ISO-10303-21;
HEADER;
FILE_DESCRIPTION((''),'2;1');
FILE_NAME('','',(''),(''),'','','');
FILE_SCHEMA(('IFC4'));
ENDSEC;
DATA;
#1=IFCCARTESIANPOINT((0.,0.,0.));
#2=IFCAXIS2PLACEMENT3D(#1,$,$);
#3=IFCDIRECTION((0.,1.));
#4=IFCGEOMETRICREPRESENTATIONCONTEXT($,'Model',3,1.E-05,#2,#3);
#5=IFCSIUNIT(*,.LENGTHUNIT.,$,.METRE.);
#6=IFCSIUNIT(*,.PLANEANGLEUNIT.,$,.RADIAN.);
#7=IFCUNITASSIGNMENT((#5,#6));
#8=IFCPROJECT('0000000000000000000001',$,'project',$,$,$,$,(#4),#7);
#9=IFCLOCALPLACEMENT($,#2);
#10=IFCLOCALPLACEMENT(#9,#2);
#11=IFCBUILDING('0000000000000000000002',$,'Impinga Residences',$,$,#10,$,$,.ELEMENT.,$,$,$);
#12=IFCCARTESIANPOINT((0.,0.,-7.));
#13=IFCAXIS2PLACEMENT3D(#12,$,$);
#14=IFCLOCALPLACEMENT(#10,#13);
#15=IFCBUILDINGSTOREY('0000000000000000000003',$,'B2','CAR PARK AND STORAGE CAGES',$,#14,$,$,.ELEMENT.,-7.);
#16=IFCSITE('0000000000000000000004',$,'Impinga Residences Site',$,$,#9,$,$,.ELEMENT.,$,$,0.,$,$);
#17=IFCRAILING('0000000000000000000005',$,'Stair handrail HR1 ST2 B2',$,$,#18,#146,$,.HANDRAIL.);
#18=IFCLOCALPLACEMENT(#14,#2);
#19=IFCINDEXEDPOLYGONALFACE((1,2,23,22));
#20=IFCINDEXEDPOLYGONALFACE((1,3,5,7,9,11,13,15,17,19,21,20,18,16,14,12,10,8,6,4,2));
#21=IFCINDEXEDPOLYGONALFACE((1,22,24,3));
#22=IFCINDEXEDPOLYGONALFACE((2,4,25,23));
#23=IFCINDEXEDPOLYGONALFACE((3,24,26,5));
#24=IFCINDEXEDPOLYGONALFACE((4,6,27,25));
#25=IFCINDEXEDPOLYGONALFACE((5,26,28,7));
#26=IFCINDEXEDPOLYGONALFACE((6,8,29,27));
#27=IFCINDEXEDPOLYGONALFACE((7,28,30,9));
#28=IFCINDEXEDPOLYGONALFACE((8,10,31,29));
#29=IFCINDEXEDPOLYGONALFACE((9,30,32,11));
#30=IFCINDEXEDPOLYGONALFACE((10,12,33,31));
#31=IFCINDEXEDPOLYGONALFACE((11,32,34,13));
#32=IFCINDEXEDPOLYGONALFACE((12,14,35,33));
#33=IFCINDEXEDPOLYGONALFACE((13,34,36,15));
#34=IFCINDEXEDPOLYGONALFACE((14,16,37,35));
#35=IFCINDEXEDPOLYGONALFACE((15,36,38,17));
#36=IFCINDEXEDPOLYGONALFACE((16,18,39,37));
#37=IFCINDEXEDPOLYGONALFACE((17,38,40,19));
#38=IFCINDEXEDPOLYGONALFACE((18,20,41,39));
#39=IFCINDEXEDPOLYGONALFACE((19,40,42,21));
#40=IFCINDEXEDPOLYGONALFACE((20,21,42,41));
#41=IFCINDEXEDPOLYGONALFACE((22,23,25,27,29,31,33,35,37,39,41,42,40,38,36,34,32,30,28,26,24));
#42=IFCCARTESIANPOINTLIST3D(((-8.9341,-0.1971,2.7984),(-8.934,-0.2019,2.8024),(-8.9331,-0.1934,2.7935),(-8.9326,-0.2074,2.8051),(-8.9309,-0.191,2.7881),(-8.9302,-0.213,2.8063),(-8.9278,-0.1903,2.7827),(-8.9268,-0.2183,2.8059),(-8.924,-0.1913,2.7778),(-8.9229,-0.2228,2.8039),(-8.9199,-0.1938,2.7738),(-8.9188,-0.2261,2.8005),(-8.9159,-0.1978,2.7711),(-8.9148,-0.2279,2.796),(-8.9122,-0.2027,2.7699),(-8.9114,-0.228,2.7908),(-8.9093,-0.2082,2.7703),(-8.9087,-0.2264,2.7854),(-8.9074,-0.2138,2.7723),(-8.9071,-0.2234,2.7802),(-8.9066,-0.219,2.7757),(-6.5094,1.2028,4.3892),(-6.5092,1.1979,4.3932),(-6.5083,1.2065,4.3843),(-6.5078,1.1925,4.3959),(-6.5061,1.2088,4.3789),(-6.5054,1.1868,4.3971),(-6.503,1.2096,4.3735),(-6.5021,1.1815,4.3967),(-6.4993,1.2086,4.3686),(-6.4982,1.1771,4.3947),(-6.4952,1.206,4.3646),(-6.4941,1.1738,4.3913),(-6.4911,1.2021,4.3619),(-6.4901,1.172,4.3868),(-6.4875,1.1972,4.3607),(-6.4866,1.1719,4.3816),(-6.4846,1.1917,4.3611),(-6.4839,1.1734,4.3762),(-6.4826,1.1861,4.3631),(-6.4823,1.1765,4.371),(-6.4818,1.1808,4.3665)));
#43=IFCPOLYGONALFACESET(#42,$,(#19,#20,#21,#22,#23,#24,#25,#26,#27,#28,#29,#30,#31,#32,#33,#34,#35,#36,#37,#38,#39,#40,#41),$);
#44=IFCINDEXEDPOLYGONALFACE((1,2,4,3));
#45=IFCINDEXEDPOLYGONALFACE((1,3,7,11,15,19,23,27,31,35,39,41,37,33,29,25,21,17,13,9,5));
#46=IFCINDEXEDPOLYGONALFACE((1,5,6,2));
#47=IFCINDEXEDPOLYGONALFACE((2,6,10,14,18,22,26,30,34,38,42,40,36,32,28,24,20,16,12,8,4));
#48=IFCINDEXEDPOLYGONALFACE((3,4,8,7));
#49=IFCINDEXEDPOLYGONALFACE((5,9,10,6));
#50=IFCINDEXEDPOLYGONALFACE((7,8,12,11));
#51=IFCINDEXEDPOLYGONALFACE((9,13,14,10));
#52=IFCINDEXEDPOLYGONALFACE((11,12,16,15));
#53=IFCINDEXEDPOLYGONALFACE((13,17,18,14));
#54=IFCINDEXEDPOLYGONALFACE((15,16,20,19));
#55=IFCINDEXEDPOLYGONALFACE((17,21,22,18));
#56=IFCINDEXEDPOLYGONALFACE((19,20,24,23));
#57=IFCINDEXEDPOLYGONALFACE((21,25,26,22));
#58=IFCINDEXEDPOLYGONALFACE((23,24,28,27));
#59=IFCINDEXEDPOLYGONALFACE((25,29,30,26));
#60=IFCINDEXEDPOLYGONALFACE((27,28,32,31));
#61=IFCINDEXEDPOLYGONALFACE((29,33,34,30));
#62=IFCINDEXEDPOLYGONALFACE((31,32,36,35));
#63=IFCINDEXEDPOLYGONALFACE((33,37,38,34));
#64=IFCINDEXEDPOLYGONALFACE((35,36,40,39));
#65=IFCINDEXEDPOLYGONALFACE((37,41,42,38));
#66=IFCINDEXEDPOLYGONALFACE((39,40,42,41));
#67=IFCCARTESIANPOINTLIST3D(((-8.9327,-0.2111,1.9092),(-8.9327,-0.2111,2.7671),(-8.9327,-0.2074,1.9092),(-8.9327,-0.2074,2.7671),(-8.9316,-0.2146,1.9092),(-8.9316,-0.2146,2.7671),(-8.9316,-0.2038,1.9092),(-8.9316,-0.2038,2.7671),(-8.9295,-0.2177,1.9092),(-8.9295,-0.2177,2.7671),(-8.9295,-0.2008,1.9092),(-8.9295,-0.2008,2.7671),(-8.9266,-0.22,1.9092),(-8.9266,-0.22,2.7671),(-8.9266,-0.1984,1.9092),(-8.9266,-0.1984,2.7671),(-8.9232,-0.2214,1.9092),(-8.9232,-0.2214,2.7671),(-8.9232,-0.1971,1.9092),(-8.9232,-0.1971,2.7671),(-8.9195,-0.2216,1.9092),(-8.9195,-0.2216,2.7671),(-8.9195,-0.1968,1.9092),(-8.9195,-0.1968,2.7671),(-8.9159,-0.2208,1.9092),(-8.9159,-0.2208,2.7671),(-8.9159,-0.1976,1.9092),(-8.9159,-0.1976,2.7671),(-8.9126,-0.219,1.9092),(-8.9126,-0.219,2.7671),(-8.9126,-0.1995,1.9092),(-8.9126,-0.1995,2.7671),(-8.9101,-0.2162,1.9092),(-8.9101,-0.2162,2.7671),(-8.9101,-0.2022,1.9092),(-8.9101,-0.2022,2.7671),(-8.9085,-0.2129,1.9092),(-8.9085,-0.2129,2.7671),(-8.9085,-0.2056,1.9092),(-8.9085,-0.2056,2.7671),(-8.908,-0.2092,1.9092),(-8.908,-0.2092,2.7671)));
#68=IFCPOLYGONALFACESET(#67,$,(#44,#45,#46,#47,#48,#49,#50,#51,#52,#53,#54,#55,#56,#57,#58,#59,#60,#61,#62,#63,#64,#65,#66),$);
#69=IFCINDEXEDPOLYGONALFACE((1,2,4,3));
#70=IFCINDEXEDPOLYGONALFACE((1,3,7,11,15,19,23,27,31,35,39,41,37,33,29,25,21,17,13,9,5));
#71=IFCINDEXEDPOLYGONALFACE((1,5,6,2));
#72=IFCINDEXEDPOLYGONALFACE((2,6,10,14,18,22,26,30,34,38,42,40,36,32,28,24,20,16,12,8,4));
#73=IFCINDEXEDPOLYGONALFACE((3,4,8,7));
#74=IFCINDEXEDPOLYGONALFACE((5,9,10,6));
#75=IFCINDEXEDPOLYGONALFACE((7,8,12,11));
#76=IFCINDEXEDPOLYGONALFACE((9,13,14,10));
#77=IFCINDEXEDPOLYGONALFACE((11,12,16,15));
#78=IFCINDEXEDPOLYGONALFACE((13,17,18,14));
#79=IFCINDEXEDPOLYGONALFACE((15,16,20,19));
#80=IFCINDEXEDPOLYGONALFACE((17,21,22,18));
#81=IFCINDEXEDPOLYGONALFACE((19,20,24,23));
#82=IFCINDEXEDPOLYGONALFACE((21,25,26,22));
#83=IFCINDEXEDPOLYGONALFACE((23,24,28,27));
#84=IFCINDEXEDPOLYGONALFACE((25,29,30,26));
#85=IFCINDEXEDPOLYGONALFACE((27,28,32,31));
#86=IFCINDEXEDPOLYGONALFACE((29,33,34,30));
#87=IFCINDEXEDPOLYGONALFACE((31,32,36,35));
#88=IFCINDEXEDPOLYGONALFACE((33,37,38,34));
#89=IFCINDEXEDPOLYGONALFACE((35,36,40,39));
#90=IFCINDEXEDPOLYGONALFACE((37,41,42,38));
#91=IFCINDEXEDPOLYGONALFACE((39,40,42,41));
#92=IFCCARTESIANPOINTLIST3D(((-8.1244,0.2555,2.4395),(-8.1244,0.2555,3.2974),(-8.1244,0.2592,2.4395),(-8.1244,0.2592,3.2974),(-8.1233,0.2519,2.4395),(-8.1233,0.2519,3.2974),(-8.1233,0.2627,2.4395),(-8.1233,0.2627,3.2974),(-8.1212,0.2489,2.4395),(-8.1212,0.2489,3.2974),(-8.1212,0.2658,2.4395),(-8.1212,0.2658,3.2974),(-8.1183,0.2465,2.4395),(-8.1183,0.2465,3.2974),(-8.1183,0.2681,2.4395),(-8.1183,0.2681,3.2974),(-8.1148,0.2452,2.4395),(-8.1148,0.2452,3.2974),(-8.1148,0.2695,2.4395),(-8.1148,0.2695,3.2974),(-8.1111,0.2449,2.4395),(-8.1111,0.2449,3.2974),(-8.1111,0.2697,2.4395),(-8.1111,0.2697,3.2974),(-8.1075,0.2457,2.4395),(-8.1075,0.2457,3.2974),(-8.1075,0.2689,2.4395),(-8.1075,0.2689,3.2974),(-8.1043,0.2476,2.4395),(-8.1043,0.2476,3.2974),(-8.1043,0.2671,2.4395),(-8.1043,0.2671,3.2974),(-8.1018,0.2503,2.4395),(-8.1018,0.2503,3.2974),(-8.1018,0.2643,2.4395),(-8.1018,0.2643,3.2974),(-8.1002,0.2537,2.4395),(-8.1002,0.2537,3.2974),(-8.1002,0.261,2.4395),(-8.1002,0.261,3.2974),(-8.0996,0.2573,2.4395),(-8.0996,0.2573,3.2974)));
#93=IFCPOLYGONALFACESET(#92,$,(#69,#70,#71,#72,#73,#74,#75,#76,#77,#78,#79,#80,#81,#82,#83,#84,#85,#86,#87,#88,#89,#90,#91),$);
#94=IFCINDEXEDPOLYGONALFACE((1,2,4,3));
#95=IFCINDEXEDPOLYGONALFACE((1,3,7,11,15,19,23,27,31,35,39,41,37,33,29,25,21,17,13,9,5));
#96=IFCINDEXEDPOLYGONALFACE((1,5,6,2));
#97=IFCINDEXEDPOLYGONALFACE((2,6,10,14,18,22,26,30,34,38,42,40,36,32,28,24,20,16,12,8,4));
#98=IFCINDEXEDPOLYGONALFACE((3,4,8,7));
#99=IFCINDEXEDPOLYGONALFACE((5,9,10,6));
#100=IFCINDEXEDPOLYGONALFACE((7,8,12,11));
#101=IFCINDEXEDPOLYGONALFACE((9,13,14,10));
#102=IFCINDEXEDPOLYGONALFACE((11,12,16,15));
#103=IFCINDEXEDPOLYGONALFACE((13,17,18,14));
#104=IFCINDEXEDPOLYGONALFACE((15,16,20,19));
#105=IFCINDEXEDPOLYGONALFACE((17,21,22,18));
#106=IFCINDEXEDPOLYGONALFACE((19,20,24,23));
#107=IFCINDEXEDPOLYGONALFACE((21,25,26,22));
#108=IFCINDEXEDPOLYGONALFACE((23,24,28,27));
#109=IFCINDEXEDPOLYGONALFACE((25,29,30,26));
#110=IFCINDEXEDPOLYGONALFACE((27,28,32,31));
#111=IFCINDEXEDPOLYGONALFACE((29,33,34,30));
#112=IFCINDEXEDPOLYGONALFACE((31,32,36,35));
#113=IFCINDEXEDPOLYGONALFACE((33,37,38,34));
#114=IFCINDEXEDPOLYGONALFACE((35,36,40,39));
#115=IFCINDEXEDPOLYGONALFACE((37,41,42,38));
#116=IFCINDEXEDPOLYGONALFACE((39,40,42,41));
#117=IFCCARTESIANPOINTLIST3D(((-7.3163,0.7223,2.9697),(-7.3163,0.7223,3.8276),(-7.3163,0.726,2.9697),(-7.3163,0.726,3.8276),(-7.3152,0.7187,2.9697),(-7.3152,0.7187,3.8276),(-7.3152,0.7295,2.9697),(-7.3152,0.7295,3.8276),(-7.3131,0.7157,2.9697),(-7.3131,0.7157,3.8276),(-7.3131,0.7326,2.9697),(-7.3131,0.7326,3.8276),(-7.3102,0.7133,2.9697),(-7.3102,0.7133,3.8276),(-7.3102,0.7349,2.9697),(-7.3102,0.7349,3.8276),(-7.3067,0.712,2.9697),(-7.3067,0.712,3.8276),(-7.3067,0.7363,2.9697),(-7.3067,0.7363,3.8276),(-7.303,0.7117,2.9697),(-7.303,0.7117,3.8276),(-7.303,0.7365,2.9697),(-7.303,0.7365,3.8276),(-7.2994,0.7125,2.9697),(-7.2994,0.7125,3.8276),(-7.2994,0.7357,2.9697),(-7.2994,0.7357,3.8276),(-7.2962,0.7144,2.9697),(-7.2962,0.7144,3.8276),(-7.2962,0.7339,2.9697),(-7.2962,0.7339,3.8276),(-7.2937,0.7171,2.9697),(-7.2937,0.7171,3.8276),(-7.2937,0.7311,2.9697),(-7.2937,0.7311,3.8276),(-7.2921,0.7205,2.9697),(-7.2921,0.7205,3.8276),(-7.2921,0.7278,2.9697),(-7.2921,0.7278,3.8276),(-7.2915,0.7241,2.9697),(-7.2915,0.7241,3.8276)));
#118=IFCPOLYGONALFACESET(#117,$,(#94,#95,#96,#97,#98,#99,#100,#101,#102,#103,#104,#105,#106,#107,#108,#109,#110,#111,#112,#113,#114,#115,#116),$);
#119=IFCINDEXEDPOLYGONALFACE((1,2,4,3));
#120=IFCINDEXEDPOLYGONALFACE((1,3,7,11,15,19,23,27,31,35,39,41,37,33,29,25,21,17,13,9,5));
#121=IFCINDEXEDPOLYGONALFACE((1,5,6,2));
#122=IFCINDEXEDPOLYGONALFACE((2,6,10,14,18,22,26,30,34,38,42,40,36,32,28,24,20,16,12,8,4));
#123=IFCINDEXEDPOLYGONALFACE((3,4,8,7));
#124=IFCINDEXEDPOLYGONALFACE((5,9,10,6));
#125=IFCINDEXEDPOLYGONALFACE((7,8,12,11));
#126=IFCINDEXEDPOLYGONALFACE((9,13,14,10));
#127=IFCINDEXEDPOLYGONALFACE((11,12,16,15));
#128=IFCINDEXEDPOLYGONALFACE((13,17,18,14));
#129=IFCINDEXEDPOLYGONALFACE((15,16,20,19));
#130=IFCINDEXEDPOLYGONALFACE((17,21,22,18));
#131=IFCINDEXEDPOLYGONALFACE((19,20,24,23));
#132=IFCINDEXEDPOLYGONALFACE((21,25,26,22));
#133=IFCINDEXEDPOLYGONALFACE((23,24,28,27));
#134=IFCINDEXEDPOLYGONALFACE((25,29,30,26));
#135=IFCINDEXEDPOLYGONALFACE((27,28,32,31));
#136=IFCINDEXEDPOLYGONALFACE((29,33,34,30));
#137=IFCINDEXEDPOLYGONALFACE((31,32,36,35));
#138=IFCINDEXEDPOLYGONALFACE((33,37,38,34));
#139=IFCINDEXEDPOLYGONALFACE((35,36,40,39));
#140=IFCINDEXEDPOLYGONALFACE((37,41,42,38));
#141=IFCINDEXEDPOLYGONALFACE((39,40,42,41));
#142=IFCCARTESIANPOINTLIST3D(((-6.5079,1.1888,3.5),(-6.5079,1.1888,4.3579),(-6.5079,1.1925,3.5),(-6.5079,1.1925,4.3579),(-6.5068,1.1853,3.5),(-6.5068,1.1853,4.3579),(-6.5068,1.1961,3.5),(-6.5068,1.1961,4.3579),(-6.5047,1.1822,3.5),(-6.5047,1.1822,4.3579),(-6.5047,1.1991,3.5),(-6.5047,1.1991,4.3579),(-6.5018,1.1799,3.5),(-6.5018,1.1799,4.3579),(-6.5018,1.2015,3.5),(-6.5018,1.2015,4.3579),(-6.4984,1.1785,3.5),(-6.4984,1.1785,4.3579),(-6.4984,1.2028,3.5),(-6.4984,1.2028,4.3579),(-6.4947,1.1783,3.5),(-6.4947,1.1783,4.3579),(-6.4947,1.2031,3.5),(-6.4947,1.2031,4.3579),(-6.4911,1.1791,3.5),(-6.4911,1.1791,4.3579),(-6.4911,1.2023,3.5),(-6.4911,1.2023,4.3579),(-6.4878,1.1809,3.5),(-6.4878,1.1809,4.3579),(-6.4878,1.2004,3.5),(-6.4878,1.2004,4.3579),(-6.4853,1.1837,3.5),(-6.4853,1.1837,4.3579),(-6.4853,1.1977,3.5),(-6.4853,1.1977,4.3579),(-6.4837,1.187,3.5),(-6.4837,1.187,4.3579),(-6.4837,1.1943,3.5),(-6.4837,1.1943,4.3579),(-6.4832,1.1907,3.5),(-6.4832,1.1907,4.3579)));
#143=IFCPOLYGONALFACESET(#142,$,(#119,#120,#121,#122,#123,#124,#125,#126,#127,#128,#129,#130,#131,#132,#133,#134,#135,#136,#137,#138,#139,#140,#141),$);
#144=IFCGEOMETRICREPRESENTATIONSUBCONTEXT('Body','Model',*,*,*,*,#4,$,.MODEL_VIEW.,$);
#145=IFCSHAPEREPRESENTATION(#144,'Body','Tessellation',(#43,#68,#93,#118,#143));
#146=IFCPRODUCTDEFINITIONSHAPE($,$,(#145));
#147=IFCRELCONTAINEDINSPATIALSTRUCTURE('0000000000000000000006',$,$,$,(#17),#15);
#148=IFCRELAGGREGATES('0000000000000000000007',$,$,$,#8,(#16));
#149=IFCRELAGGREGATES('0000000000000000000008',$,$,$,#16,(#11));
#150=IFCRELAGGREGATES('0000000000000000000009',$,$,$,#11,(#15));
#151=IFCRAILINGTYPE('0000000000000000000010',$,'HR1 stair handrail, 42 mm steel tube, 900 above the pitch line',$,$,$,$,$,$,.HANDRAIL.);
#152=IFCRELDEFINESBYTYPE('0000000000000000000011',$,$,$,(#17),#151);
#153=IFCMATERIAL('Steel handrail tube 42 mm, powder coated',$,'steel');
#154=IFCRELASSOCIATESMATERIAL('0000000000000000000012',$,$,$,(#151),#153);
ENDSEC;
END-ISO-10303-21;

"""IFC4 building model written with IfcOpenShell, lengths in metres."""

from ifc_helpers import new_model, si_unit, direction, frame, origin, origin_2d, place, context, subcontext, project, spatial, circle, extrude, material, type_object, element, save


model = new_model("IFC4")

# Units and contexts
model_context = context("Model", 3, precision=1e-05, world=origin(), true_north=direction((0.0, 1.0)))
body_context = subcontext(model_context, "Body", "Model", "MODEL_VIEW")
ifc_project = project(units=[si_unit("LENGTHUNIT", "METRE"), si_unit("PLANEANGLEUNIT", "RADIAN")], contexts=[model_context])

# Site, building, storey
site_placement = place(None, origin())
site = spatial("IfcSite", under=ifc_project, at=site_placement, Name="Impinga Residences Site", CompositionType="ELEMENT", RefElevation=0.0)
building_placement = place(site_placement, origin())
building = spatial("IfcBuilding", under=site, at=building_placement, Name="Impinga Residences", CompositionType="ELEMENT")
storey_placement = place(building_placement, frame((0.0, 0.0, -7.0)))
storey = spatial("IfcBuildingStorey", under=building, at=storey_placement, Name="B2", Description="CAR PARK AND STORAGE CAGES", CompositionType="ELEMENT", Elevation=-7.0)

# Railing
ifc_material_1 = material(Name="Steel handrail tube 42 mm, powder coated", Category="steel")
railing_type_1 = type_object("IfcRailingType", Name="HR1 stair handrail, 42 mm steel tube, 900 above the pitch line", PredefinedType="HANDRAIL", material=ifc_material_1)
railing_1_placement = place(storey_placement, frame((-8.9204, -0.2092, 1.9092)))
element("IfcRailing", 1, at=railing_1_placement, inside=storey, type_object=railing_type_1, Name="Stair handrail HR1 ST2 B2", PredefinedType="HANDRAIL", context=body_context, shape_type="SweptSolid", body=[
    extrude(circle(Radius=0.021, at=origin_2d()), frame((0.0, 0.0, 0.8789), z_axis=(0.752983, 0.434716, 0.494003), x_axis=(-0.499984, 0.866035, 0.0)), (0.0, 0.0, 1.0), 3.2202),
    extrude(circle(Radius=0.0125, at=origin_2d()), origin(), (0.0, 0.0, 1.0), 0.8579),
    extrude(circle(Radius=0.0125, at=origin_2d()), frame((0.8083, 0.4666, 0.5303)), (0.0, 0.0, 1.0), 0.8579),
    extrude(circle(Radius=0.0125, at=origin_2d()), frame((1.6165, 0.9333, 1.0605)), (0.0, 0.0, 1.0), 0.8579),
    extrude(circle(Radius=0.0125, at=origin_2d()), frame((2.4248, 1.3999, 1.5908)), (0.0, 0.0, 1.0), 0.8579),
])

save(model, "model.ifc")
